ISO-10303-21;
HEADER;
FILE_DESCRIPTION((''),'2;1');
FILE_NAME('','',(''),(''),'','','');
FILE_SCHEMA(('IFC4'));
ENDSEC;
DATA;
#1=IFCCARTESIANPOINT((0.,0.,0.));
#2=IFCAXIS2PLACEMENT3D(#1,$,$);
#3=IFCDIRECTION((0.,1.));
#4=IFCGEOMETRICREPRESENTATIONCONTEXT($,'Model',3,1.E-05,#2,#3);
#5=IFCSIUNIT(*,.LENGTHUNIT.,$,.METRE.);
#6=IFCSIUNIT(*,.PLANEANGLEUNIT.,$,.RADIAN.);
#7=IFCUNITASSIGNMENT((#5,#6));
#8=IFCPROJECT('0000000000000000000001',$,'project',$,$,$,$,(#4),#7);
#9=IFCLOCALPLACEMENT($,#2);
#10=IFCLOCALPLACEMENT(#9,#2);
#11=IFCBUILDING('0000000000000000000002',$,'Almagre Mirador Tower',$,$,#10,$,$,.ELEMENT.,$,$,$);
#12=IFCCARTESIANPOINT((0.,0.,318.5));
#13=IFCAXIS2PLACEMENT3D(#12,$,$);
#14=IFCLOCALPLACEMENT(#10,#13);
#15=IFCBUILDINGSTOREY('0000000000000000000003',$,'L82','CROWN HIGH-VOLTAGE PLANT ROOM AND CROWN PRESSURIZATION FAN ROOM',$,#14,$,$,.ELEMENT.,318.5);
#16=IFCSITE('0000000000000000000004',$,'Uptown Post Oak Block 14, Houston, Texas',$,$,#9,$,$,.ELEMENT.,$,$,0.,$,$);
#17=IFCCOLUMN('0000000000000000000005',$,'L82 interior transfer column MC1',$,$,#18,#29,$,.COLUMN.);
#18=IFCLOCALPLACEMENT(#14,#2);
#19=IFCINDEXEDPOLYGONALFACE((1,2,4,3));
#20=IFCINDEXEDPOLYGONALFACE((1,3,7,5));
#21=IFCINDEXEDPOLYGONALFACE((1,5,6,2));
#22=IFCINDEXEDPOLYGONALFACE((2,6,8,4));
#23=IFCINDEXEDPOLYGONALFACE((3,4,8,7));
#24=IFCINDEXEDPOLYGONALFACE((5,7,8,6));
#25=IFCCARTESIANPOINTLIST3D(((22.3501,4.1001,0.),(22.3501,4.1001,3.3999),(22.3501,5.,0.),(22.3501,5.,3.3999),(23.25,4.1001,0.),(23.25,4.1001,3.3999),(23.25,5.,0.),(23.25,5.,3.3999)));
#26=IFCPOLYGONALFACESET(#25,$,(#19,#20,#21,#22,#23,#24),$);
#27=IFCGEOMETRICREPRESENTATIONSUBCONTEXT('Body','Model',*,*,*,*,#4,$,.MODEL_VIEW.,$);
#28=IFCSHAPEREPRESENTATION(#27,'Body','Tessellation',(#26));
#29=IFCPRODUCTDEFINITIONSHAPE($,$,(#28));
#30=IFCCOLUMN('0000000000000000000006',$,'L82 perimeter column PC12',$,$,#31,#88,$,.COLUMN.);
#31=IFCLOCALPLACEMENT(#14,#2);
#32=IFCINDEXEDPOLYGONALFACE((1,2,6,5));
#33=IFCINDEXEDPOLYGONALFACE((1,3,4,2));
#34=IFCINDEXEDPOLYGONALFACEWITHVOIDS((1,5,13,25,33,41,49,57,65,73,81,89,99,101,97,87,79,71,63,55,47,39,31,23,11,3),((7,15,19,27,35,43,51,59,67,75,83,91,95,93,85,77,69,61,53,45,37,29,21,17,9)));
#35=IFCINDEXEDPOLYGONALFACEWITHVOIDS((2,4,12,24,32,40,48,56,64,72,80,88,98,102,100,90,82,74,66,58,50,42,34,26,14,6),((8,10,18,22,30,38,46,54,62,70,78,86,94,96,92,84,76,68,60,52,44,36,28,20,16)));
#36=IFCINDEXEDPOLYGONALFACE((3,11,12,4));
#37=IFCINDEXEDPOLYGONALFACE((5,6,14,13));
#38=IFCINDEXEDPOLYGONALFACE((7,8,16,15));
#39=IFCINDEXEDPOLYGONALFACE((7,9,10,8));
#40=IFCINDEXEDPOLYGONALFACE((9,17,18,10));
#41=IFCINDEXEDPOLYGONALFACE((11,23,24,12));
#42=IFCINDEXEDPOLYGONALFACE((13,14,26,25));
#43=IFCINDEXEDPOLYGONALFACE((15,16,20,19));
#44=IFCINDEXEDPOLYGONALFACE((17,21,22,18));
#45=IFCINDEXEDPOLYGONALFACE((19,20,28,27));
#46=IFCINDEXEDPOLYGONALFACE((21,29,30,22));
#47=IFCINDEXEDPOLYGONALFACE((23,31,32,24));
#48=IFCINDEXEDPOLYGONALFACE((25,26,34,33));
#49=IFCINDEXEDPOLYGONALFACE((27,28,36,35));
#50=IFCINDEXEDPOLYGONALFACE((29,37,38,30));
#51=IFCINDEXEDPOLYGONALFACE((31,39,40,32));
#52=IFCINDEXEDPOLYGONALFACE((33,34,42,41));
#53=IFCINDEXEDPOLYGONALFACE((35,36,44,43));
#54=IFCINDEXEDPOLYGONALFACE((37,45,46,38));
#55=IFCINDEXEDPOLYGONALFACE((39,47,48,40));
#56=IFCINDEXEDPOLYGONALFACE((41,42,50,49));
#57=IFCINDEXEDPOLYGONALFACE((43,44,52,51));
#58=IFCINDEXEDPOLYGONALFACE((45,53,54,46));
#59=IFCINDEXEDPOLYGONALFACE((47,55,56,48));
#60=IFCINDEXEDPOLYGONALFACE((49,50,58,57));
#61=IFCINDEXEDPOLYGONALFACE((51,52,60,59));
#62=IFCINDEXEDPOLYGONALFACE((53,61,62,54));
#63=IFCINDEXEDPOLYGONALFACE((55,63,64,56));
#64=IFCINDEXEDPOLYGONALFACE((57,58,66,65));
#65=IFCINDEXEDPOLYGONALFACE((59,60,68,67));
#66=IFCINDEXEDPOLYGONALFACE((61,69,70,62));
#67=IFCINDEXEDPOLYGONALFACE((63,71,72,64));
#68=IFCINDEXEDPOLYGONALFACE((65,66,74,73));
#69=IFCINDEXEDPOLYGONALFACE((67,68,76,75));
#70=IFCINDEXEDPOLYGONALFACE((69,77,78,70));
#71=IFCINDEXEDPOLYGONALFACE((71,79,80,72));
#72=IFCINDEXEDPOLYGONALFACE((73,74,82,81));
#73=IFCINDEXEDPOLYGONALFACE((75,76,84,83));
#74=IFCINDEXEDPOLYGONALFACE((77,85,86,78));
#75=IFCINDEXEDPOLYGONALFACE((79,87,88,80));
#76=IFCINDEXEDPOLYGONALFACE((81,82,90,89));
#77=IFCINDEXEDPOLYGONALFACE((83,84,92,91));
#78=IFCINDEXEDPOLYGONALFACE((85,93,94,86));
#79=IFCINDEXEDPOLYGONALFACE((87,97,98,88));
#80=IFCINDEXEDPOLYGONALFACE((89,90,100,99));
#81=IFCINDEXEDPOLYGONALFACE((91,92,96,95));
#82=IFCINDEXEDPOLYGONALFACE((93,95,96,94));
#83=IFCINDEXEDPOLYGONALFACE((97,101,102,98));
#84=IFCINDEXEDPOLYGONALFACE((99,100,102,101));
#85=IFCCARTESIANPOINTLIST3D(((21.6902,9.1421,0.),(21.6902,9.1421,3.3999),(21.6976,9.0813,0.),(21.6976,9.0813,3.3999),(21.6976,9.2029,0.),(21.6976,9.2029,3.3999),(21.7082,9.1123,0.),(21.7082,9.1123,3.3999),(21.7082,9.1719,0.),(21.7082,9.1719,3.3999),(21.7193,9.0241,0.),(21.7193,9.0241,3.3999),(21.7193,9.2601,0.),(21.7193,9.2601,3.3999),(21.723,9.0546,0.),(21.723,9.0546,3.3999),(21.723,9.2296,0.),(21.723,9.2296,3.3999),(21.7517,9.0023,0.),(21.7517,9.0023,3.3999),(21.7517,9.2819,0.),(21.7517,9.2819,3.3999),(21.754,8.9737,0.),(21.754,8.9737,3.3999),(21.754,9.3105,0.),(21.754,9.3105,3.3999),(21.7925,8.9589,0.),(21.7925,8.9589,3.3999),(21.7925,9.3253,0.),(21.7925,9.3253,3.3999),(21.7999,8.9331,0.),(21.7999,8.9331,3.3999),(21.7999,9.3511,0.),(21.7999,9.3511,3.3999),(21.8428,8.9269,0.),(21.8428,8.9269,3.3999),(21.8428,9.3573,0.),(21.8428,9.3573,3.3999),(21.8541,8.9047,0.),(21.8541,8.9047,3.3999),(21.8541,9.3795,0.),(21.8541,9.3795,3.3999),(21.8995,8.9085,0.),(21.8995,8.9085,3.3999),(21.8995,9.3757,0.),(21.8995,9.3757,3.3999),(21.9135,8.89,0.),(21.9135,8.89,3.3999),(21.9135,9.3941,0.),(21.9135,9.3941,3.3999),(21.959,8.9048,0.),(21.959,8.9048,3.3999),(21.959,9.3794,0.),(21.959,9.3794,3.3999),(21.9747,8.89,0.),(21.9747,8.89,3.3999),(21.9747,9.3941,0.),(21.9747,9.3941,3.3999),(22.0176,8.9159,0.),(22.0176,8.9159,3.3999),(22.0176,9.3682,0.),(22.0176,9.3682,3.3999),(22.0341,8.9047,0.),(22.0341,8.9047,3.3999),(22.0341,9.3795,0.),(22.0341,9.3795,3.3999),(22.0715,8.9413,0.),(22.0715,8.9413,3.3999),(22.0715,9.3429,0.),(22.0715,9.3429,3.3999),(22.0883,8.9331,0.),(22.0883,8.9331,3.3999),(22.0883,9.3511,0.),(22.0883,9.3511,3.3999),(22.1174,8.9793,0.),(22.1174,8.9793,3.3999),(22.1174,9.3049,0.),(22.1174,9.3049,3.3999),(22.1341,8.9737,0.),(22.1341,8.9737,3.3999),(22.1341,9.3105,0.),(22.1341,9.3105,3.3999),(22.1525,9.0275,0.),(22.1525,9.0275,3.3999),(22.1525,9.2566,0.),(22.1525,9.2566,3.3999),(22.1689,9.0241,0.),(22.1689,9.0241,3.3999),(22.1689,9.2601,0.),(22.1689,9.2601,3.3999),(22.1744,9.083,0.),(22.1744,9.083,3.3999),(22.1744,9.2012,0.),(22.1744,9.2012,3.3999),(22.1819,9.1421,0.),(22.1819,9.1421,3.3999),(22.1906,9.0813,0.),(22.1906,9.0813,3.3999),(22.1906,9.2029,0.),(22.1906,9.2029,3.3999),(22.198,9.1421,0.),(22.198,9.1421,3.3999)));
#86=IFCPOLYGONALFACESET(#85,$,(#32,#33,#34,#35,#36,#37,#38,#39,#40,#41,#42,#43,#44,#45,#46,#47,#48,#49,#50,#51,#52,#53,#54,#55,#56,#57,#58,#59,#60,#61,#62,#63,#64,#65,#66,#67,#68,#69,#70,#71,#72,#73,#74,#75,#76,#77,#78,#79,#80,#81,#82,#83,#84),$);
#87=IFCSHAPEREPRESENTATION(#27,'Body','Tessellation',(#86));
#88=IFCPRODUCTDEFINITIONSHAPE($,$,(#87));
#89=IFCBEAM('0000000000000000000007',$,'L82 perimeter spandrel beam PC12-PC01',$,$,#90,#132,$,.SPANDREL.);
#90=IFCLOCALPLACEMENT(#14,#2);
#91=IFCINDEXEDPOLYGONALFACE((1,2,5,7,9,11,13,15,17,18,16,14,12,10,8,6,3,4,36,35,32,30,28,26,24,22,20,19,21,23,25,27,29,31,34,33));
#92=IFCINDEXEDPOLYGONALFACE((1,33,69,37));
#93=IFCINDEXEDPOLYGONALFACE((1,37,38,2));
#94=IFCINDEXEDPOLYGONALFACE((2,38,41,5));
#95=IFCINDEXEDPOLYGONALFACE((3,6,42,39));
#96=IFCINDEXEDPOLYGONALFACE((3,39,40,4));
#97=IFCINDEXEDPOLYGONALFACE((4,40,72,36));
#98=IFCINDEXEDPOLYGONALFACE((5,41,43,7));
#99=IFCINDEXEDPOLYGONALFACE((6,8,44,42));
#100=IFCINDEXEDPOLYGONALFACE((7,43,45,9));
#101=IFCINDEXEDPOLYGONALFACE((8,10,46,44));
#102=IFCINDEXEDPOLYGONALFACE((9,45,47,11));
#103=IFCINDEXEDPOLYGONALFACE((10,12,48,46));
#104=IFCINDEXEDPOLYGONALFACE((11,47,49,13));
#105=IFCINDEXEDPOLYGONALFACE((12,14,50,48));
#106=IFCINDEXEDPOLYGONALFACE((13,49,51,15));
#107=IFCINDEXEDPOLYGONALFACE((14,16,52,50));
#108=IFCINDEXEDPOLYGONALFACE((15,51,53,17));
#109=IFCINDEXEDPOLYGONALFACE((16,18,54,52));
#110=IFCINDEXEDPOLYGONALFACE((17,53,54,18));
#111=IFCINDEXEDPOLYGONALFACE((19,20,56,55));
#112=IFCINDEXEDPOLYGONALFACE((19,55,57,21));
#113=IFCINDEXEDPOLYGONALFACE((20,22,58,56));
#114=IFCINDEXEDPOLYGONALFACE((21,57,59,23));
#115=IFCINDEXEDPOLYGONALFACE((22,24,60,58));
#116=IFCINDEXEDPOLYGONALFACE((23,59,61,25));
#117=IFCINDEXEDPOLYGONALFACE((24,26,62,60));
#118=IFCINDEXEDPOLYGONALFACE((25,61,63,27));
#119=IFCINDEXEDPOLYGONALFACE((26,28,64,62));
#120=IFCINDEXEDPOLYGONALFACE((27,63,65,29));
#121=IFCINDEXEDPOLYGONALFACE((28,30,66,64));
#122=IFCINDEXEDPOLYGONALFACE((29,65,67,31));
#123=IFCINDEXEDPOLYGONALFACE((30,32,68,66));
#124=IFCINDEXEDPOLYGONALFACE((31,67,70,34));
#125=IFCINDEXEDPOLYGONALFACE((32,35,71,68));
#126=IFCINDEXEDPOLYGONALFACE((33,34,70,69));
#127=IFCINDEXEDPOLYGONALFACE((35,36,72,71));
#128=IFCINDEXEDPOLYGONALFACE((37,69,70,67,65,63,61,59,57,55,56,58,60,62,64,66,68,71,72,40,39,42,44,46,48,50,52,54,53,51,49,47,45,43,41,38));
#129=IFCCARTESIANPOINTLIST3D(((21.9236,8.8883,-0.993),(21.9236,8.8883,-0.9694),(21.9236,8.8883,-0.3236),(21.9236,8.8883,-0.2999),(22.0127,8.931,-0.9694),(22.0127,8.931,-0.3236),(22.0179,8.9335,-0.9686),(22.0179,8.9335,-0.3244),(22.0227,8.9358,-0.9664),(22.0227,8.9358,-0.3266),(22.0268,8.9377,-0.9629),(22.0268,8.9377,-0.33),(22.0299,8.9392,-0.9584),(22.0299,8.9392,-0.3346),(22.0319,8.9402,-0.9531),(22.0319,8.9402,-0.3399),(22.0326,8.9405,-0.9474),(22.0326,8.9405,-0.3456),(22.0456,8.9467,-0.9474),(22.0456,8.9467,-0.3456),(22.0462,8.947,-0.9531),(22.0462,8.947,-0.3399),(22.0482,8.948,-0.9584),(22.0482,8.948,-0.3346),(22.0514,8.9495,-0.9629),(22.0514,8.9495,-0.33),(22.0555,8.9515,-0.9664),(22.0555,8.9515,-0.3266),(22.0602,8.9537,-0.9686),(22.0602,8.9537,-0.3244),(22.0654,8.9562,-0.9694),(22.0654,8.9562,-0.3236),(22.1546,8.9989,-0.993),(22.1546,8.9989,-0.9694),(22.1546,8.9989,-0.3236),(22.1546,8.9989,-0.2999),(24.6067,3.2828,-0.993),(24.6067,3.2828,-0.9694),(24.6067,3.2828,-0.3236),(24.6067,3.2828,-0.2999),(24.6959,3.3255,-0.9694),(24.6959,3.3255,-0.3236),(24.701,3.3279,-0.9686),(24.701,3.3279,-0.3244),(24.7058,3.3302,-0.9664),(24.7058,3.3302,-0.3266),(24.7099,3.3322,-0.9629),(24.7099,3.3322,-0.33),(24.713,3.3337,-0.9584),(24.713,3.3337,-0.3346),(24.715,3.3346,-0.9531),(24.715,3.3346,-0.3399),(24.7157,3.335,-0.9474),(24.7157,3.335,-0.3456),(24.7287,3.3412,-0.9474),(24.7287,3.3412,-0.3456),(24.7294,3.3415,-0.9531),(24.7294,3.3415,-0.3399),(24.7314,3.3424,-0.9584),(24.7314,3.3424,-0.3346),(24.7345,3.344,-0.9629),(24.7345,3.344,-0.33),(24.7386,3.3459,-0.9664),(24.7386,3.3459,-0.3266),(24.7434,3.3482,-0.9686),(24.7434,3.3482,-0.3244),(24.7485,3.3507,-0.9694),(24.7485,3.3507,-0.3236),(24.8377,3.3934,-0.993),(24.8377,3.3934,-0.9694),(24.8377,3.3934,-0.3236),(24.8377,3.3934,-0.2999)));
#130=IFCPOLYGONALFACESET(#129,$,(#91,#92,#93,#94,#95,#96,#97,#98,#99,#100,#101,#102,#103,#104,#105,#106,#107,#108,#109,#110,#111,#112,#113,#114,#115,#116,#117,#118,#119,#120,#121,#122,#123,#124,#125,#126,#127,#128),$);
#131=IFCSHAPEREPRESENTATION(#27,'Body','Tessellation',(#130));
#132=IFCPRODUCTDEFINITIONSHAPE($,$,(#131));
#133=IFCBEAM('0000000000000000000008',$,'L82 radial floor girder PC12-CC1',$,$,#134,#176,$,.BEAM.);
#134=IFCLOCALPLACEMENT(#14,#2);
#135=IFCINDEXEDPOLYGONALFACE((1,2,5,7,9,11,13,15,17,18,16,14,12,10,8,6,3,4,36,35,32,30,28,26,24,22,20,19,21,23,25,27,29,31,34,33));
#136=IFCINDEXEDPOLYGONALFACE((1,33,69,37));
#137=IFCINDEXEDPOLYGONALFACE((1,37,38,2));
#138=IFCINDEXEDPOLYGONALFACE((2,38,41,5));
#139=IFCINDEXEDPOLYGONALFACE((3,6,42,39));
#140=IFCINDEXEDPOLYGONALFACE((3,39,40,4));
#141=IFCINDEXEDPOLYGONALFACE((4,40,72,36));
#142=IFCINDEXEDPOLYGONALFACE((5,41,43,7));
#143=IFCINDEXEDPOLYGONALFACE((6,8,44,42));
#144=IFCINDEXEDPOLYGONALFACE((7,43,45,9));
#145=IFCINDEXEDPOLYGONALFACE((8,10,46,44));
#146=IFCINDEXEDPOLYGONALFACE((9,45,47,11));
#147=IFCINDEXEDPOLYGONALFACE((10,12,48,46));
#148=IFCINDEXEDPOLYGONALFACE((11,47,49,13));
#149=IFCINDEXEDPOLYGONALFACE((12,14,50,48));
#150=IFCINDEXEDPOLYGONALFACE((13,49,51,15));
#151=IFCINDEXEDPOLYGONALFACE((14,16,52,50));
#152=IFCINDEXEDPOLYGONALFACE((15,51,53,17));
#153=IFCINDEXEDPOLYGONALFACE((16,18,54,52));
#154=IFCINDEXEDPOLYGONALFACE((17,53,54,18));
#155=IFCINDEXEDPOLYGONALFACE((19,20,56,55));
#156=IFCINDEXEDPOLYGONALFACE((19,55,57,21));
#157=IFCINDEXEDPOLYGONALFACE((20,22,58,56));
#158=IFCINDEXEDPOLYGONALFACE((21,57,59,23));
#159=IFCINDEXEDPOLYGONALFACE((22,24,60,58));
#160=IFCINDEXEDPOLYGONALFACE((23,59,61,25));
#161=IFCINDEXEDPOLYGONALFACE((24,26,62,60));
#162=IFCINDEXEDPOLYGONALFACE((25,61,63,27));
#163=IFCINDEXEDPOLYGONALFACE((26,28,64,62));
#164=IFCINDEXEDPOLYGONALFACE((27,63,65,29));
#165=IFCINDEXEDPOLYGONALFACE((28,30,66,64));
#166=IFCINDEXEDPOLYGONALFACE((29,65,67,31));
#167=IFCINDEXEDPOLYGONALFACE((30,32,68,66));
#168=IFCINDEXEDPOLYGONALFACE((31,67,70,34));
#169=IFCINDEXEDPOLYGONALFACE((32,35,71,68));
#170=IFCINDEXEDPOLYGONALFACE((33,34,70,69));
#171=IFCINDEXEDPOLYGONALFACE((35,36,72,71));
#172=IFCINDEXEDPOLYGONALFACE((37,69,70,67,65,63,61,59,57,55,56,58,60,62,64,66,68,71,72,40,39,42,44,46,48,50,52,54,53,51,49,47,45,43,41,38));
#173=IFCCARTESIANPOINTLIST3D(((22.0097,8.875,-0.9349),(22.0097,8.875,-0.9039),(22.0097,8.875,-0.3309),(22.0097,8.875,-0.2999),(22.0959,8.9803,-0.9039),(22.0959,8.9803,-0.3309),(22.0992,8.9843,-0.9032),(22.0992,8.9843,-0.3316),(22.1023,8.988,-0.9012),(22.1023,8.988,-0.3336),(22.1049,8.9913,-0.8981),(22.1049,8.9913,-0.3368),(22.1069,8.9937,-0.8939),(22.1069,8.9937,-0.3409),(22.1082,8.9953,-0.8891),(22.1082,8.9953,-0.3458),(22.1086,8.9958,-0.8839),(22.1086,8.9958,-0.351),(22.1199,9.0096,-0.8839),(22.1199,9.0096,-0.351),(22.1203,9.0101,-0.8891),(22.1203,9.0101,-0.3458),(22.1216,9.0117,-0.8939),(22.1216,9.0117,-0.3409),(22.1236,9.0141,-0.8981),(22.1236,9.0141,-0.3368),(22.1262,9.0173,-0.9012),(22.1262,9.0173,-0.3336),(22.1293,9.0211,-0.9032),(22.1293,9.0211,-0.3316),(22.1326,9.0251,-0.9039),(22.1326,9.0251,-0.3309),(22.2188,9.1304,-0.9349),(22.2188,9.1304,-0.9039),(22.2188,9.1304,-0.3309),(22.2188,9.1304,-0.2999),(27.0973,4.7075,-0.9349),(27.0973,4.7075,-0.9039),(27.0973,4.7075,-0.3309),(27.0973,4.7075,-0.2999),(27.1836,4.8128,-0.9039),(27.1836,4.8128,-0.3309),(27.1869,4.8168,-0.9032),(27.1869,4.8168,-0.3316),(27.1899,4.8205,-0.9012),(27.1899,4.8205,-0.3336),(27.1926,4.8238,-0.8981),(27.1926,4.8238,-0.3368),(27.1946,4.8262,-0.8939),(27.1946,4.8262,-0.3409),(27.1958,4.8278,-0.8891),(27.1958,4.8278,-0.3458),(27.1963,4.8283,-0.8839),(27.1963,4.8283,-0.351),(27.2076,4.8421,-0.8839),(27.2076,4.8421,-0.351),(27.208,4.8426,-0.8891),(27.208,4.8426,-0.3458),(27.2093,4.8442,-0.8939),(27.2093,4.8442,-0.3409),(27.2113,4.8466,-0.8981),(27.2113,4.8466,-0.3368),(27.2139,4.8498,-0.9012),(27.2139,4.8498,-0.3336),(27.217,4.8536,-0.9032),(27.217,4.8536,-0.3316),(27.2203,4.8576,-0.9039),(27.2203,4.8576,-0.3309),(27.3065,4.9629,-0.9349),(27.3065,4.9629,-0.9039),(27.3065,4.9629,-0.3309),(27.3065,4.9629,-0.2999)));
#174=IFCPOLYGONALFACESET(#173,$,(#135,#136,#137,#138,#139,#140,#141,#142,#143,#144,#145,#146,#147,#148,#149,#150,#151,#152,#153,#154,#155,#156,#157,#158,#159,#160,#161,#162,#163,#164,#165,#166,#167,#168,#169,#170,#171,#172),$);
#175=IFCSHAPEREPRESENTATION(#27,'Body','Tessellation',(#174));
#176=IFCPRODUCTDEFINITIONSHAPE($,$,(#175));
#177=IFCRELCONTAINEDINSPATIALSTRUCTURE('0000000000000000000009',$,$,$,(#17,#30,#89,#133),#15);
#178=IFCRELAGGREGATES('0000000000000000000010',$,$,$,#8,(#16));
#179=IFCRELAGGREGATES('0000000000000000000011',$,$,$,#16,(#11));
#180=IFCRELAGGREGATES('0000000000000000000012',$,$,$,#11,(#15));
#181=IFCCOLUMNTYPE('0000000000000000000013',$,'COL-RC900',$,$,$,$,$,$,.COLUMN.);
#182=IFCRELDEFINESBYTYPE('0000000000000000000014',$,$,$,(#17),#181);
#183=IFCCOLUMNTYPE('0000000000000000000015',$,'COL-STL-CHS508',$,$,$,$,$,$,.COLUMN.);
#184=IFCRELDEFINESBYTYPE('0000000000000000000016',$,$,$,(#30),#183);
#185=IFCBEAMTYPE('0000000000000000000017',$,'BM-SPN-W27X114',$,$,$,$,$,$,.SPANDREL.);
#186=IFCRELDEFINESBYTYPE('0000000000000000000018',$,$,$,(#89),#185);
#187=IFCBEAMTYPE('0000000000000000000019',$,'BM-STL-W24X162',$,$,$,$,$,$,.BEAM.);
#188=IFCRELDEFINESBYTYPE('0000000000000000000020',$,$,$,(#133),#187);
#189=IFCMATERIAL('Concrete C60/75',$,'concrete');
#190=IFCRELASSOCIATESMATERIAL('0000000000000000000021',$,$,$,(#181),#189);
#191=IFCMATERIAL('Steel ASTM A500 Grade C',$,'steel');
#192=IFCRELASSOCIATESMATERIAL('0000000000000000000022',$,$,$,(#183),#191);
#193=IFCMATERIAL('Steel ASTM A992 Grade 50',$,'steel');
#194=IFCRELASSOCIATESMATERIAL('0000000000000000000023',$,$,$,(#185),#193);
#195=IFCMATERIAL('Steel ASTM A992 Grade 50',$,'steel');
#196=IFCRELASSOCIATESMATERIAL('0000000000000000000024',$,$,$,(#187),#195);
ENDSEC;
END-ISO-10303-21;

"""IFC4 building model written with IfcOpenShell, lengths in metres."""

from ifc_helpers import new_model, si_unit, direction, frame, origin, origin_2d, place, context, subcontext, project, spatial, rectangle, hollow_circle, i_section, extrude, material, material_profile, profile_set, type_object, element, save


model = new_model("IFC4")

# Units and contexts
model_context = context("Model", 3, precision=1e-05, world=origin(), true_north=direction((0.0, 1.0)))
body_context = subcontext(model_context, "Body", "Model", "MODEL_VIEW")
ifc_project = project(units=[si_unit("LENGTHUNIT", "METRE"), si_unit("PLANEANGLEUNIT", "RADIAN")], contexts=[model_context])

# Site, building, storey
site_placement = place(None, origin())
site = spatial("IfcSite", under=ifc_project, at=site_placement, Name="Uptown Post Oak Block 14, Houston, Texas", CompositionType="ELEMENT", RefElevation=0.0)
building_placement = place(site_placement, origin())
building = spatial("IfcBuilding", under=site, at=building_placement, Name="Almagre Mirador Tower", CompositionType="ELEMENT")
storey_placement = place(building_placement, frame((0.0, 0.0, 318.5)))
storey = spatial("IfcBuildingStorey", under=building, at=storey_placement, Name="L82", Description="CROWN HIGH-VOLTAGE PLANT ROOM AND CROWN PRESSURIZATION FAN ROOM", CompositionType="ELEMENT", Elevation=318.5)

# Columns
ifc_material_1 = material(Name="Concrete C60/75", Category="concrete")
ifc_material_profile_1 = material_profile(ifc_material_1, rectangle(XDim=0.8999, YDim=0.8999, at=origin_2d()), Name="RC900X900")
ifc_profile_set_1 = profile_set([ifc_material_profile_1], Name="Concrete C60/75")
column_type_1 = type_object("IfcColumnType", Name="COL-RC900", PredefinedType="COLUMN", material=ifc_profile_set_1)
column_1_placement = place(storey_placement, frame((22.8, 4.55, 0.0), z_axis=(0.0, 0.0, 1.0), x_axis=(1.0, 0.0, 0.0)))
element("IfcColumn", 1, at=column_1_placement, inside=storey, type_object=column_type_1, Name="L82 interior transfer column MC1", PredefinedType="COLUMN", context=body_context, shape_type="SweptSolid", body=[
    extrude(rectangle(XDim=0.8999, YDim=0.8999, at=origin_2d()), origin(), (0.0, 0.0, 1.0), 3.3999),
])
ifc_material_2 = material(Name="Steel ASTM A500 Grade C", Category="steel")
ifc_material_profile_2 = material_profile(ifc_material_2, hollow_circle(Radius=0.2539, WallThickness=0.0161, at=origin_2d()), Name="CHS508X16")
ifc_profile_set_2 = profile_set([ifc_material_profile_2], Name="Steel ASTM A500 Grade C")
column_type_2 = type_object("IfcColumnType", Name="COL-STL-CHS508", PredefinedType="COLUMN", material=ifc_profile_set_2)
column_2_placement = place(storey_placement, frame((21.9441, 9.1421, 0.0), z_axis=(0.0, 0.0, 1.0), x_axis=(1.0, 0.0, 0.0)))
element("IfcColumn", 2, at=column_2_placement, inside=storey, type_object=column_type_2, Name="L82 perimeter column PC12", PredefinedType="COLUMN", context=body_context, shape_type="SweptSolid", body=[
    extrude(hollow_circle(Radius=0.2539, WallThickness=0.0161, at=origin_2d()), origin(), (0.0, 0.0, 1.0), 3.3999),
])

# Beams
ifc_material_3 = material(Name="Steel ASTM A992 Grade 50", Category="steel")
ifc_material_profile_3 = material_profile(ifc_material_3, i_section(OverallWidth=0.2561, OverallDepth=0.6931, WebThickness=0.0144, FlangeThickness=0.0237, FilletRadius=0.022, at=origin_2d()), Name="W27X114")
ifc_profile_set_3 = profile_set([ifc_material_profile_3], Name="Steel ASTM A992 Grade 50")
beam_type_1 = type_object("IfcBeamType", Name="BM-SPN-W27X114", PredefinedType="SPANDREL", material=ifc_profile_set_3)
beam_1_placement = place(storey_placement, frame((22.0391, 8.9436, -0.6465), z_axis=(0.431747, -0.901995, 0.0), x_axis=(0.901995, 0.431747, 0.0)))
element("IfcBeam", 3, at=beam_1_placement, inside=storey, type_object=beam_type_1, Name="L82 perimeter spandrel beam PC12-PC01", PredefinedType="SPANDREL", context=body_context, shape_type="SweptSolid", body=[
    extrude(i_section(OverallWidth=0.2561, OverallDepth=0.6931, WebThickness=0.0144, FlangeThickness=0.0237, FilletRadius=0.022, at=origin_2d()), origin(), (0.0, 0.0, 1.0), 6.2146),
])
ifc_material_4 = material(Name="Steel ASTM A992 Grade 50", Category="steel")
ifc_material_profile_4 = material_profile(ifc_material_4, i_section(OverallWidth=0.3301, OverallDepth=0.635, WebThickness=0.0178, FlangeThickness=0.031, FilletRadius=0.02, at=origin_2d()), Name="W24X162")
ifc_profile_set_4 = profile_set([ifc_material_profile_4], Name="Steel ASTM A992 Grade 50")
beam_type_2 = type_object("IfcBeamType", Name="BM-STL-W24X162", PredefinedType="BEAM", material=ifc_profile_set_4)
beam_2_placement = place(storey_placement, frame((22.1143, 9.0027, -0.6174), z_axis=(0.773595, -0.63368, 0.0), x_axis=(0.63368, 0.773595, 0.0)))
element("IfcBeam", 4, at=beam_2_placement, inside=storey, type_object=beam_type_2, Name="L82 radial floor girder PC12-CC1", PredefinedType="BEAM", context=body_context, shape_type="SweptSolid", body=[
    extrude(i_section(OverallWidth=0.3301, OverallDepth=0.635, WebThickness=0.0178, FlangeThickness=0.031, FilletRadius=0.02, at=origin_2d()), origin(), (0.0, 0.0, 1.0), 6.5767),
])

save(model, "model.ifc")
